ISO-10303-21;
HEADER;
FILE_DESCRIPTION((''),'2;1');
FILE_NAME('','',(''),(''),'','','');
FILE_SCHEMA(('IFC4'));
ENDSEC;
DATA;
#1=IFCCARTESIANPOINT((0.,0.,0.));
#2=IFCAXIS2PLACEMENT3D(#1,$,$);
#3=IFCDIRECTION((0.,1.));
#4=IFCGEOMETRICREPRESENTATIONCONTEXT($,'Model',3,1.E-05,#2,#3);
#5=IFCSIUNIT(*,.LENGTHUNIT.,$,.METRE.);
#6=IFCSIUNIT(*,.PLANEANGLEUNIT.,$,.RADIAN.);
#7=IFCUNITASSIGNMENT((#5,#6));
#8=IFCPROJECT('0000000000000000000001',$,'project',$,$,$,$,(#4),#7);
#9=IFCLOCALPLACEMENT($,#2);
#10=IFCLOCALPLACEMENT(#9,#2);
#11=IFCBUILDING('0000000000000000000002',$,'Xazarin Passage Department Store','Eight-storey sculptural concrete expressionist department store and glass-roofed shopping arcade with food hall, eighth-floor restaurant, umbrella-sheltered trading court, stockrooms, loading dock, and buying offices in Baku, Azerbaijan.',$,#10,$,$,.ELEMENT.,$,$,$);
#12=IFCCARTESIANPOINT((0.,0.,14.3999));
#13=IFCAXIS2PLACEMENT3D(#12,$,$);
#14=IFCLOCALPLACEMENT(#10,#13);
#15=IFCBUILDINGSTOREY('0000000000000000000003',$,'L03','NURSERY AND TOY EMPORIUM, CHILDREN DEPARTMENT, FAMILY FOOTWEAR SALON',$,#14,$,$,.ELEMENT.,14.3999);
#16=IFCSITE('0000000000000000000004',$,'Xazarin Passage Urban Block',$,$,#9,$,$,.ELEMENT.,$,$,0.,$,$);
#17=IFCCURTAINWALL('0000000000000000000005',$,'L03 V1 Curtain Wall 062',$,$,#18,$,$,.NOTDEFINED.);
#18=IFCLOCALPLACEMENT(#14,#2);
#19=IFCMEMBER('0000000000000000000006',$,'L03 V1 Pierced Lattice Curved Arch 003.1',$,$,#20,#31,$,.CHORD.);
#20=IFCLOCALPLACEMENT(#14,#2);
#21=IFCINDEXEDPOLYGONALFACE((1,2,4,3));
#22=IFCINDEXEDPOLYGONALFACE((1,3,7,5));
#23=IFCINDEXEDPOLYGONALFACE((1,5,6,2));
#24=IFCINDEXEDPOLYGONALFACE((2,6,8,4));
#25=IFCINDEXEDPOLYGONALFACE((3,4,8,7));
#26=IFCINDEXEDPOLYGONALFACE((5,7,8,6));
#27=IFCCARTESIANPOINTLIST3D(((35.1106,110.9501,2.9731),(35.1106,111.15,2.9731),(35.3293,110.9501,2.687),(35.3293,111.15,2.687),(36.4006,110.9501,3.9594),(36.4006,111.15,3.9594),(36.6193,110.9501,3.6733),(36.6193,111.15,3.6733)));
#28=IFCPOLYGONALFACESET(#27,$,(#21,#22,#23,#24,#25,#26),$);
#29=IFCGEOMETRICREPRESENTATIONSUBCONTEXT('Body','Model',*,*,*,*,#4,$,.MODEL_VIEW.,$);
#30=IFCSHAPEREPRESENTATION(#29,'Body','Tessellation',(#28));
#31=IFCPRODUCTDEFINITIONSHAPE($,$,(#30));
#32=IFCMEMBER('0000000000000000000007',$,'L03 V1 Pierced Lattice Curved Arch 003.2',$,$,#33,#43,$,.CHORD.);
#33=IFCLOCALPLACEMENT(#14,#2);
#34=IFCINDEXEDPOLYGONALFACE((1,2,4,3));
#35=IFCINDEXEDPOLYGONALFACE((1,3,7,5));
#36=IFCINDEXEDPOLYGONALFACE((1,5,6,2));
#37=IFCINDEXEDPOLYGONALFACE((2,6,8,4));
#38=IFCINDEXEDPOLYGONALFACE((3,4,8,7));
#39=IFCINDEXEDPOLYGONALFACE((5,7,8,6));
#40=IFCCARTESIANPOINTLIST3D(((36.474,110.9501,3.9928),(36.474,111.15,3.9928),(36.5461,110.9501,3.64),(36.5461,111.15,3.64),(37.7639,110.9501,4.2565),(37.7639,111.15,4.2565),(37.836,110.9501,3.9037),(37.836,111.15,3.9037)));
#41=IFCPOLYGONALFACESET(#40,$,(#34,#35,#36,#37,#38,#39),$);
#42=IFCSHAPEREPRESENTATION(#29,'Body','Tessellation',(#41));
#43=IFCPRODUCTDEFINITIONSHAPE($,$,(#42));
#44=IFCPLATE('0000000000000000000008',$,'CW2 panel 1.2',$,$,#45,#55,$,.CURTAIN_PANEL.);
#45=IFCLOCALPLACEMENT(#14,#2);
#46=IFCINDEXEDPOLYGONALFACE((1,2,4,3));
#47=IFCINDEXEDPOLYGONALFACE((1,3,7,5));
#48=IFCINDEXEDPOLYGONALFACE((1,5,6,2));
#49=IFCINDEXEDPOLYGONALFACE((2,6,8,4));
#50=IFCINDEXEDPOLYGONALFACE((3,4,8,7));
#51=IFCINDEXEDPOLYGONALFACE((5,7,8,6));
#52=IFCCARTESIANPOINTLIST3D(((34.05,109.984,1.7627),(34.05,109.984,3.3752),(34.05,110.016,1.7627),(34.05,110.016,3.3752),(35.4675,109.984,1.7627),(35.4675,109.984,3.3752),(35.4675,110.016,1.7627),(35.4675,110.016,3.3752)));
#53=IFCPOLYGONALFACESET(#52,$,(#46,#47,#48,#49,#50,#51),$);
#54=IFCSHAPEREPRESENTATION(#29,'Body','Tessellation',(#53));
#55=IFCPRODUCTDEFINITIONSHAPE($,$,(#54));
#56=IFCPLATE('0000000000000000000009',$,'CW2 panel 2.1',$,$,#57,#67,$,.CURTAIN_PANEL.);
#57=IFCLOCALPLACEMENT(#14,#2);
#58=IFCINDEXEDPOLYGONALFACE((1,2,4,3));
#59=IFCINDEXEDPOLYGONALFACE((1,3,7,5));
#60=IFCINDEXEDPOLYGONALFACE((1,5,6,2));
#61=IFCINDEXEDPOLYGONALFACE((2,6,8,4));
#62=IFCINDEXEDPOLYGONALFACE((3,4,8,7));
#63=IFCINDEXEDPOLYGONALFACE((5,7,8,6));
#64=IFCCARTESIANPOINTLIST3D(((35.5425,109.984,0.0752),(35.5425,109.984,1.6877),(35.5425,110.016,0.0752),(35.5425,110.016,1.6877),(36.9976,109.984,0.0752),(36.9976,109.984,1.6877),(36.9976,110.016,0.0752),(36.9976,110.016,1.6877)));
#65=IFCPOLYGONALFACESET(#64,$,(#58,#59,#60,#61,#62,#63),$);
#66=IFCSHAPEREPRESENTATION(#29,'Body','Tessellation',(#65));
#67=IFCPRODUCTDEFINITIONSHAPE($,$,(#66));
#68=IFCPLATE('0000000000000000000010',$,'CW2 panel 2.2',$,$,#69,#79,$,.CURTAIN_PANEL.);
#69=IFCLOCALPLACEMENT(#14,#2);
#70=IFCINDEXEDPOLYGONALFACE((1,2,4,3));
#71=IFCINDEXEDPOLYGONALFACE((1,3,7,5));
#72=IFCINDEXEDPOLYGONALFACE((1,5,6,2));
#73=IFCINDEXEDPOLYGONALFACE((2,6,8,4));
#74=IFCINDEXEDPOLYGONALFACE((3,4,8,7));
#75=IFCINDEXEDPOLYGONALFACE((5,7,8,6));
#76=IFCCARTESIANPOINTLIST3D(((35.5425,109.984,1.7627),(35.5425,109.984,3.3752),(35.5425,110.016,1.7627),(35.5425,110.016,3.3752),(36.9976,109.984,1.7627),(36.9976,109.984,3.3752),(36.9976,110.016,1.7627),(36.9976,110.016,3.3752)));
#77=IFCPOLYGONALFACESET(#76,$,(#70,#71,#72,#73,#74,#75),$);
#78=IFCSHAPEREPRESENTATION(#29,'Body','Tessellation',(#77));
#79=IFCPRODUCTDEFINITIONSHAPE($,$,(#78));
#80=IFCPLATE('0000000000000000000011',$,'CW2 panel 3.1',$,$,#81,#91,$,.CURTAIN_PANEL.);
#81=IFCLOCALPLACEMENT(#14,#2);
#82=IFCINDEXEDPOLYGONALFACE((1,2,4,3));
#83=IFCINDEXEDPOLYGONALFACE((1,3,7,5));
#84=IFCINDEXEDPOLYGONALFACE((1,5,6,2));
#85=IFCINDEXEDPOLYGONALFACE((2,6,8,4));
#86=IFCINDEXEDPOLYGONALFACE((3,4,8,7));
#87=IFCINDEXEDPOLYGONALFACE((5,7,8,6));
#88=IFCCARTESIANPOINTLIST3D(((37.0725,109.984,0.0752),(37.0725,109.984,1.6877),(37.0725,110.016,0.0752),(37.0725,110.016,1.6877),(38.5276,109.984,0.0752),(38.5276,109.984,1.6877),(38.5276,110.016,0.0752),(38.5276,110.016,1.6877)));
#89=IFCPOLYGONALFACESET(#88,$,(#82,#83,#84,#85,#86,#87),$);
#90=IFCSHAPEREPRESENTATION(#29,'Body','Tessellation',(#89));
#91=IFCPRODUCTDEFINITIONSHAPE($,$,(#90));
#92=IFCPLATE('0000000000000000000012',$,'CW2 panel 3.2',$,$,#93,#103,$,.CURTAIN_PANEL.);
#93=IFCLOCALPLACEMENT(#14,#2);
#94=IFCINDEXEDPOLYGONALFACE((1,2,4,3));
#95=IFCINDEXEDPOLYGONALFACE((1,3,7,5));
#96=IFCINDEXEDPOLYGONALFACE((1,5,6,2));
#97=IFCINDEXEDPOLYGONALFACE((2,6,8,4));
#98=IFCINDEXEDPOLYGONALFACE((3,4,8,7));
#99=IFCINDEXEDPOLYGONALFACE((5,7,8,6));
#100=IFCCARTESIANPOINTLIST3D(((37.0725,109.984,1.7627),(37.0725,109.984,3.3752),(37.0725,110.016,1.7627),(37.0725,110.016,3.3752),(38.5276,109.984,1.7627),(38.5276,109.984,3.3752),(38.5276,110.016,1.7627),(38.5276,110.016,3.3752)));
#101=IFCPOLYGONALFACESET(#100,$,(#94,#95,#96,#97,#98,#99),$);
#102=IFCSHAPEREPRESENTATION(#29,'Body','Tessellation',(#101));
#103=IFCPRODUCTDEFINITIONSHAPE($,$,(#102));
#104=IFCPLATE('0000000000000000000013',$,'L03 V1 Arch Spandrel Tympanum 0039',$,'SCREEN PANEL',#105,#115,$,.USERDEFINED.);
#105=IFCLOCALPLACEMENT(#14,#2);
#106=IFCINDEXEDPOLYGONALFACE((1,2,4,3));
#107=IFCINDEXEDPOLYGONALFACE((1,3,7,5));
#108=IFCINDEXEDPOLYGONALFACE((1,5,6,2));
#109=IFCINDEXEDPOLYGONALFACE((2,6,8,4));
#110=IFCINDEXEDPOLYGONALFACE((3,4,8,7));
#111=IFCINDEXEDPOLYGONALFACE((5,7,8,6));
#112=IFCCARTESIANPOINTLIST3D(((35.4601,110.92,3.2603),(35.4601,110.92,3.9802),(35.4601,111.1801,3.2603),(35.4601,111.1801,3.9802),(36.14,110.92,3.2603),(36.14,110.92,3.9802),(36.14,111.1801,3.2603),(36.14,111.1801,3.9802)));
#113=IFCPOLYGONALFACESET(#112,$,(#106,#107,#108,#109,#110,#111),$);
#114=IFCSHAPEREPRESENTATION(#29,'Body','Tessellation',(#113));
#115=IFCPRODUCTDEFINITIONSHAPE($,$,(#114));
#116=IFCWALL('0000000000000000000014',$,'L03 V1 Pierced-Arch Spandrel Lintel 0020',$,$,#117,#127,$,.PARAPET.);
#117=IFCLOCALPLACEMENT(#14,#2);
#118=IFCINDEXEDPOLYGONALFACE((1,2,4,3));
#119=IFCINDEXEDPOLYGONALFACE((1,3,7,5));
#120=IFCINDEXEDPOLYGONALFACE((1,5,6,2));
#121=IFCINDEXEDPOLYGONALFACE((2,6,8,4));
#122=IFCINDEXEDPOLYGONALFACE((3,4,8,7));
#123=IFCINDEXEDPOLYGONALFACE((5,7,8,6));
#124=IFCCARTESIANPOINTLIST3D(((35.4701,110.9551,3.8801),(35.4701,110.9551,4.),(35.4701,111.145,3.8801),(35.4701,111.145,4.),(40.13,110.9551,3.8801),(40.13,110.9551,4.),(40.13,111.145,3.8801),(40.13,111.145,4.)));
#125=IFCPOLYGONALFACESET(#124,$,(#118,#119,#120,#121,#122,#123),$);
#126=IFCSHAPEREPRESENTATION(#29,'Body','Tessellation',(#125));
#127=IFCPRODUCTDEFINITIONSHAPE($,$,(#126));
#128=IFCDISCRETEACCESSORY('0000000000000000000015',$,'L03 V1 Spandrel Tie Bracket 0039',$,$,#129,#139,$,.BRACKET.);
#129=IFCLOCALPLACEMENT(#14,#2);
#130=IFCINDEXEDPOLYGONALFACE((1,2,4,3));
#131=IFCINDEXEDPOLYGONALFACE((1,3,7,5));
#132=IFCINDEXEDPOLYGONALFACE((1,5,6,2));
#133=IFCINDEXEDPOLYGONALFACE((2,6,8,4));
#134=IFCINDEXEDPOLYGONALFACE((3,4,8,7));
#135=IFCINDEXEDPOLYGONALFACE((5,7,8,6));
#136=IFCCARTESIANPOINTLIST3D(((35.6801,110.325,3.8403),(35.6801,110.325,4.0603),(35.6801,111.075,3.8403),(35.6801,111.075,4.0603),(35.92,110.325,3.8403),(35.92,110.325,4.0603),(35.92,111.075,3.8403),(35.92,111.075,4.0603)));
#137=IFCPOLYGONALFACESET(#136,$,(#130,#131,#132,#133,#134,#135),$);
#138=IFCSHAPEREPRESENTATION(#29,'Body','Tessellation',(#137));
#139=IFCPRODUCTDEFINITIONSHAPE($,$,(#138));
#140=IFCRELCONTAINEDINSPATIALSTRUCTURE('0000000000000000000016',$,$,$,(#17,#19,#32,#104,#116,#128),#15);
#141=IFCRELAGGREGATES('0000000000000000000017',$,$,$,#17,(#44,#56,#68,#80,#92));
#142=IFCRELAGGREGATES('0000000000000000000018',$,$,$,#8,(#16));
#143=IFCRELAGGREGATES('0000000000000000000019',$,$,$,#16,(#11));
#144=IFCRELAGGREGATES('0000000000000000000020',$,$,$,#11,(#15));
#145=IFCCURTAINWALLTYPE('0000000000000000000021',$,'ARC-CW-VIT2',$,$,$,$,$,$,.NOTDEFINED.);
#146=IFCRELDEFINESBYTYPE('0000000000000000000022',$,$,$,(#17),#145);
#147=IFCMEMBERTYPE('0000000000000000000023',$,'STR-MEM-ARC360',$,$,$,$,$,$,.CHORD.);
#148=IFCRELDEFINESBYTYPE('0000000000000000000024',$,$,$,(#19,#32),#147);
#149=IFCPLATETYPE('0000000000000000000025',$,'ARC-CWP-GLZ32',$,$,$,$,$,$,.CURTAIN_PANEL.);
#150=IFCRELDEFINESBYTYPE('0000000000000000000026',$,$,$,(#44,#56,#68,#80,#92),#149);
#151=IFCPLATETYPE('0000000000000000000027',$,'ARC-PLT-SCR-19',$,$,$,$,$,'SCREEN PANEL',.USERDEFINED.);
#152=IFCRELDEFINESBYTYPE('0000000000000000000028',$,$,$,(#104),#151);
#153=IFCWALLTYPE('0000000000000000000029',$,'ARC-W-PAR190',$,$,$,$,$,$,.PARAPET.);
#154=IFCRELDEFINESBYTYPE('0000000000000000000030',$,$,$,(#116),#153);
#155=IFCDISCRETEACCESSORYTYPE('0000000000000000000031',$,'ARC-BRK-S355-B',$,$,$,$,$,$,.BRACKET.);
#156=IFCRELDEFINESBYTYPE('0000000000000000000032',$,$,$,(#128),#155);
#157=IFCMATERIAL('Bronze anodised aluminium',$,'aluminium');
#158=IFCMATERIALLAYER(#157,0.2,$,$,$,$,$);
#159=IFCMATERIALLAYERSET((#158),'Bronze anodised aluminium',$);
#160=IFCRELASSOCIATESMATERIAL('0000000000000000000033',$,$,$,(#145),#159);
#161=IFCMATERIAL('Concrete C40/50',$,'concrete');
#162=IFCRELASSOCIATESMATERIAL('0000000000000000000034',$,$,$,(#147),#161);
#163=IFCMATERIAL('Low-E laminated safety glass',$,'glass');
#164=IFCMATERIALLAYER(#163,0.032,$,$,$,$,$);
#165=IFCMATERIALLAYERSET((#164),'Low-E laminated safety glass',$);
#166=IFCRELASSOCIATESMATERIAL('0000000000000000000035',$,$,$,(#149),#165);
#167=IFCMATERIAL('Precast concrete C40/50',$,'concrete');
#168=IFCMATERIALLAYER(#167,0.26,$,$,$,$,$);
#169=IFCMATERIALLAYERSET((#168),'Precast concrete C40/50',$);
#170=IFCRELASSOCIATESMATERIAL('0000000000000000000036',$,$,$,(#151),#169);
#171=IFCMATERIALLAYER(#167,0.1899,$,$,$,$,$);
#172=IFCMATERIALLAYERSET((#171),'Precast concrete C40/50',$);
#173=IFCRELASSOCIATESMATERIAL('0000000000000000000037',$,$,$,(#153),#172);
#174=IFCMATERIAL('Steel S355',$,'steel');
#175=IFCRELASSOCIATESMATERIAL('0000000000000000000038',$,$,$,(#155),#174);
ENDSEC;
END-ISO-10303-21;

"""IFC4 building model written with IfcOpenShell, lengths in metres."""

from ifc_helpers import new_model, si_unit, direction, frame, frame_2d, origin, origin_2d, place, context, subcontext, project, spatial, rectangle, extrude, material, layer, layer_set, material_profile, profile_set, type_object, element, aggregate, save


model = new_model("IFC4")

# Units and contexts
model_context = context("Model", 3, precision=1e-05, world=origin(), true_north=direction((0.0, 1.0)))
body_context = subcontext(model_context, "Body", "Model", "MODEL_VIEW")
ifc_project = project(units=[si_unit("LENGTHUNIT", "METRE"), si_unit("PLANEANGLEUNIT", "RADIAN")], contexts=[model_context])

# Site, building, storey
site_placement = place(None, origin())
site = spatial("IfcSite", under=ifc_project, at=site_placement, Name="Xazarin Passage Urban Block", CompositionType="ELEMENT", RefElevation=0.0)
building_placement = place(site_placement, origin())
building = spatial("IfcBuilding", under=site, at=building_placement, Name="Xazarin Passage Department Store", Description="Eight-storey sculptural concrete expressionist department store and glass-roofed shopping arcade with food hall, eighth-floor restaurant, umbrella-sheltered trading court, stockrooms, loading dock, and buying offices in Baku, Azerbaijan.", CompositionType="ELEMENT")
storey_placement = place(building_placement, frame((0.0, 0.0, 14.3999)))
storey = spatial("IfcBuildingStorey", under=building, at=storey_placement, Name="L03", Description="NURSERY AND TOY EMPORIUM, CHILDREN DEPARTMENT, FAMILY FOOTWEAR SALON", CompositionType="ELEMENT", Elevation=14.3999)

# Shared definitions
ifc_material_1 = material(Name="Concrete C40/50", Category="concrete")

# Curtain wall
ifc_material_2 = material(Name="Bronze anodised aluminium", Category="aluminium")
ifc_layer_1 = layer(ifc_material_2, 0.2)
ifc_layer_set_1 = layer_set([ifc_layer_1], Name="Bronze anodised aluminium")
curtain_wall_type = type_object("IfcCurtainWallType", Name="ARC-CW-VIT2", PredefinedType="NOTDEFINED", material=ifc_layer_set_1)
curtain_wall_placement = place(storey_placement, origin())
curtain_wall = element("IfcCurtainWall", 1, at=curtain_wall_placement, inside=storey, type_object=curtain_wall_type, Name="L03 V1 Curtain Wall 062", PredefinedType="NOTDEFINED")

# Members
ifc_material_profile_1 = material_profile(ifc_material_1, rectangle(XDim=0.2, YDim=0.3601, at=origin_2d()), Name="RC 200x360")
ifc_profile_set_1 = profile_set([ifc_material_profile_1], Name="Concrete C40/50")
member_type_1 = type_object("IfcMemberType", Name="STR-MEM-ARC360", PredefinedType="CHORD", material=ifc_profile_set_1)
member_1_placement = place(storey_placement, frame((35.22, 111.05, 2.8301), z_axis=(0.794409, 0.0, 0.607383), x_axis=(0.0, 1.0, 0.0)))
element("IfcMember", 2, at=member_1_placement, inside=storey, type_object=member_type_1, Name="L03 V1 Pierced Lattice Curved Arch 003.1", PredefinedType="CHORD", context=body_context, shape_type="SweptSolid", body=[
    extrude(rectangle(XDim=0.2, YDim=0.3601, at=origin_2d()), origin(), (0.0, 0.0, 1.0), 1.6238),
])
member_2_placement = place(storey_placement, frame((36.51, 111.05, 3.8164), z_axis=(0.979745, 0.0, 0.200251), x_axis=(0.0, 1.0, 0.0)))
element("IfcMember", 3, at=member_2_placement, inside=storey, type_object=member_type_1, Name="L03 V1 Pierced Lattice Curved Arch 003.2", PredefinedType="CHORD", context=body_context, shape_type="SweptSolid", body=[
    extrude(rectangle(XDim=0.2, YDim=0.3601, at=origin_2d()), origin(), (0.0, 0.0, 1.0), 1.3167),
])

# Plates
ifc_material_3 = material(Name="Low-E laminated safety glass", Category="glass")
ifc_layer_2 = layer(ifc_material_3, 0.032)
ifc_layer_set_2 = layer_set([ifc_layer_2], Name="Low-E laminated safety glass")
plate_type_1 = type_object("IfcPlateType", Name="ARC-CWP-GLZ32", PredefinedType="CURTAIN_PANEL", material=ifc_layer_set_2)
plate_1_placement = place(storey_placement, frame((34.7588, 110.0, 1.7627), z_axis=(0.0, 0.0, 1.0), x_axis=(1.0, 0.0, 0.0)))
plate_1 = element("IfcPlate", 4, at=plate_1_placement, type_object=plate_type_1, Name="CW2 panel 1.2", PredefinedType="CURTAIN_PANEL", context=body_context, shape_type="SweptSolid", body=[
    extrude(rectangle(XDim=1.4175, YDim=0.032, at=origin_2d()), origin(), (0.0, 0.0, 1.0), 1.6125),
])
plate_2_placement = place(storey_placement, frame((36.27, 110.0, 0.0752), z_axis=(0.0, 0.0, 1.0), x_axis=(1.0, 0.0, 0.0)))
plate_2 = element("IfcPlate", 5, at=plate_2_placement, type_object=plate_type_1, Name="CW2 panel 2.1", PredefinedType="CURTAIN_PANEL", context=body_context, shape_type="SweptSolid", body=[
    extrude(rectangle(XDim=1.4551, YDim=0.032, at=origin_2d()), origin(), (0.0, 0.0, 1.0), 1.6125),
])
plate_3_placement = place(storey_placement, frame((36.27, 110.0, 1.7627), z_axis=(0.0, 0.0, 1.0), x_axis=(1.0, 0.0, 0.0)))
plate_3 = element("IfcPlate", 6, at=plate_3_placement, type_object=plate_type_1, Name="CW2 panel 2.2", PredefinedType="CURTAIN_PANEL", context=body_context, shape_type="SweptSolid", body=[
    extrude(rectangle(XDim=1.4551, YDim=0.032, at=origin_2d()), origin(), (0.0, 0.0, 1.0), 1.6125),
])
plate_4_placement = place(storey_placement, frame((37.8, 110.0, 0.0752), z_axis=(0.0, 0.0, 1.0), x_axis=(1.0, 0.0, 0.0)))
plate_4 = element("IfcPlate", 7, at=plate_4_placement, type_object=plate_type_1, Name="CW2 panel 3.1", PredefinedType="CURTAIN_PANEL", context=body_context, shape_type="SweptSolid", body=[
    extrude(rectangle(XDim=1.4551, YDim=0.032, at=origin_2d()), origin(), (0.0, 0.0, 1.0), 1.6125),
])
plate_5_placement = place(storey_placement, frame((37.8, 110.0, 1.7627), z_axis=(0.0, 0.0, 1.0), x_axis=(1.0, 0.0, 0.0)))
plate_5 = element("IfcPlate", 8, at=plate_5_placement, type_object=plate_type_1, Name="CW2 panel 3.2", PredefinedType="CURTAIN_PANEL", context=body_context, shape_type="SweptSolid", body=[
    extrude(rectangle(XDim=1.4551, YDim=0.032, at=origin_2d()), origin(), (0.0, 0.0, 1.0), 1.6125),
])
aggregate(curtain_wall, [plate_1, plate_2, plate_3, plate_4, plate_5])
ifc_material_4 = material(Name="Precast concrete C40/50", Category="concrete")
ifc_layer_3 = layer(ifc_material_4, 0.26)
ifc_layer_set_3 = layer_set([ifc_layer_3], Name="Precast concrete C40/50")
plate_type_2 = type_object("IfcPlateType", Name="ARC-PLT-SCR-19", ElementType="SCREEN PANEL", PredefinedType="USERDEFINED", material=ifc_layer_set_3)
plate_6_placement = place(storey_placement, frame((35.8, 111.05, 3.2603), z_axis=(0.0, 0.0, 1.0), x_axis=(1.0, 0.0, 0.0)))
element("IfcPlate", 9, at=plate_6_placement, inside=storey, type_object=plate_type_2, Name="L03 V1 Arch Spandrel Tympanum 0039", ObjectType="SCREEN PANEL", PredefinedType="USERDEFINED", context=body_context, shape_type="SweptSolid", body=[
    extrude(rectangle(XDim=0.6799, YDim=0.26, at=origin_2d()), origin(), (0.0, 0.0, 1.0), 0.72),
])

# Wall
ifc_layer_4 = layer(ifc_material_4, 0.1899)
ifc_layer_set_4 = layer_set([ifc_layer_4], Name="Precast concrete C40/50")
wall_type = type_object("IfcWallType", Name="ARC-W-PAR190", PredefinedType="PARAPET", material=ifc_layer_set_4)
wall_placement = place(storey_placement, frame((35.47, 111.05, 3.8801), z_axis=(0.0, 0.0, 1.0), x_axis=(1.0, 0.0, 0.0)))
element("IfcWall", 10, at=wall_placement, inside=storey, type_object=wall_type, Name="L03 V1 Pierced-Arch Spandrel Lintel 0020", PredefinedType="PARAPET", context=body_context, shape_type="SweptSolid", body=[
    extrude(rectangle(XDim=4.6599, YDim=0.1899, at=frame_2d((2.3301, 0.0))), origin(), (0.0, 0.0, 1.0), 0.1199),
])

# Discrete accessory
ifc_material_5 = material(Name="Steel S355", Category="steel")
discrete_accessory_type = type_object("IfcDiscreteAccessoryType", Name="ARC-BRK-S355-B", PredefinedType="BRACKET", material=ifc_material_5)
discrete_accessory_placement = place(storey_placement, frame((35.8, 110.7, 3.8403), z_axis=(0.0, 0.0, 1.0), x_axis=(1.0, 0.0, 0.0)))
element("IfcDiscreteAccessory", 11, at=discrete_accessory_placement, inside=storey, type_object=discrete_accessory_type, Name="L03 V1 Spandrel Tie Bracket 0039", PredefinedType="BRACKET", context=body_context, shape_type="SweptSolid", body=[
    extrude(rectangle(XDim=0.24, YDim=0.75, at=origin_2d()), origin(), (0.0, 0.0, 1.0), 0.22),
])

save(model, "model.ifc")
